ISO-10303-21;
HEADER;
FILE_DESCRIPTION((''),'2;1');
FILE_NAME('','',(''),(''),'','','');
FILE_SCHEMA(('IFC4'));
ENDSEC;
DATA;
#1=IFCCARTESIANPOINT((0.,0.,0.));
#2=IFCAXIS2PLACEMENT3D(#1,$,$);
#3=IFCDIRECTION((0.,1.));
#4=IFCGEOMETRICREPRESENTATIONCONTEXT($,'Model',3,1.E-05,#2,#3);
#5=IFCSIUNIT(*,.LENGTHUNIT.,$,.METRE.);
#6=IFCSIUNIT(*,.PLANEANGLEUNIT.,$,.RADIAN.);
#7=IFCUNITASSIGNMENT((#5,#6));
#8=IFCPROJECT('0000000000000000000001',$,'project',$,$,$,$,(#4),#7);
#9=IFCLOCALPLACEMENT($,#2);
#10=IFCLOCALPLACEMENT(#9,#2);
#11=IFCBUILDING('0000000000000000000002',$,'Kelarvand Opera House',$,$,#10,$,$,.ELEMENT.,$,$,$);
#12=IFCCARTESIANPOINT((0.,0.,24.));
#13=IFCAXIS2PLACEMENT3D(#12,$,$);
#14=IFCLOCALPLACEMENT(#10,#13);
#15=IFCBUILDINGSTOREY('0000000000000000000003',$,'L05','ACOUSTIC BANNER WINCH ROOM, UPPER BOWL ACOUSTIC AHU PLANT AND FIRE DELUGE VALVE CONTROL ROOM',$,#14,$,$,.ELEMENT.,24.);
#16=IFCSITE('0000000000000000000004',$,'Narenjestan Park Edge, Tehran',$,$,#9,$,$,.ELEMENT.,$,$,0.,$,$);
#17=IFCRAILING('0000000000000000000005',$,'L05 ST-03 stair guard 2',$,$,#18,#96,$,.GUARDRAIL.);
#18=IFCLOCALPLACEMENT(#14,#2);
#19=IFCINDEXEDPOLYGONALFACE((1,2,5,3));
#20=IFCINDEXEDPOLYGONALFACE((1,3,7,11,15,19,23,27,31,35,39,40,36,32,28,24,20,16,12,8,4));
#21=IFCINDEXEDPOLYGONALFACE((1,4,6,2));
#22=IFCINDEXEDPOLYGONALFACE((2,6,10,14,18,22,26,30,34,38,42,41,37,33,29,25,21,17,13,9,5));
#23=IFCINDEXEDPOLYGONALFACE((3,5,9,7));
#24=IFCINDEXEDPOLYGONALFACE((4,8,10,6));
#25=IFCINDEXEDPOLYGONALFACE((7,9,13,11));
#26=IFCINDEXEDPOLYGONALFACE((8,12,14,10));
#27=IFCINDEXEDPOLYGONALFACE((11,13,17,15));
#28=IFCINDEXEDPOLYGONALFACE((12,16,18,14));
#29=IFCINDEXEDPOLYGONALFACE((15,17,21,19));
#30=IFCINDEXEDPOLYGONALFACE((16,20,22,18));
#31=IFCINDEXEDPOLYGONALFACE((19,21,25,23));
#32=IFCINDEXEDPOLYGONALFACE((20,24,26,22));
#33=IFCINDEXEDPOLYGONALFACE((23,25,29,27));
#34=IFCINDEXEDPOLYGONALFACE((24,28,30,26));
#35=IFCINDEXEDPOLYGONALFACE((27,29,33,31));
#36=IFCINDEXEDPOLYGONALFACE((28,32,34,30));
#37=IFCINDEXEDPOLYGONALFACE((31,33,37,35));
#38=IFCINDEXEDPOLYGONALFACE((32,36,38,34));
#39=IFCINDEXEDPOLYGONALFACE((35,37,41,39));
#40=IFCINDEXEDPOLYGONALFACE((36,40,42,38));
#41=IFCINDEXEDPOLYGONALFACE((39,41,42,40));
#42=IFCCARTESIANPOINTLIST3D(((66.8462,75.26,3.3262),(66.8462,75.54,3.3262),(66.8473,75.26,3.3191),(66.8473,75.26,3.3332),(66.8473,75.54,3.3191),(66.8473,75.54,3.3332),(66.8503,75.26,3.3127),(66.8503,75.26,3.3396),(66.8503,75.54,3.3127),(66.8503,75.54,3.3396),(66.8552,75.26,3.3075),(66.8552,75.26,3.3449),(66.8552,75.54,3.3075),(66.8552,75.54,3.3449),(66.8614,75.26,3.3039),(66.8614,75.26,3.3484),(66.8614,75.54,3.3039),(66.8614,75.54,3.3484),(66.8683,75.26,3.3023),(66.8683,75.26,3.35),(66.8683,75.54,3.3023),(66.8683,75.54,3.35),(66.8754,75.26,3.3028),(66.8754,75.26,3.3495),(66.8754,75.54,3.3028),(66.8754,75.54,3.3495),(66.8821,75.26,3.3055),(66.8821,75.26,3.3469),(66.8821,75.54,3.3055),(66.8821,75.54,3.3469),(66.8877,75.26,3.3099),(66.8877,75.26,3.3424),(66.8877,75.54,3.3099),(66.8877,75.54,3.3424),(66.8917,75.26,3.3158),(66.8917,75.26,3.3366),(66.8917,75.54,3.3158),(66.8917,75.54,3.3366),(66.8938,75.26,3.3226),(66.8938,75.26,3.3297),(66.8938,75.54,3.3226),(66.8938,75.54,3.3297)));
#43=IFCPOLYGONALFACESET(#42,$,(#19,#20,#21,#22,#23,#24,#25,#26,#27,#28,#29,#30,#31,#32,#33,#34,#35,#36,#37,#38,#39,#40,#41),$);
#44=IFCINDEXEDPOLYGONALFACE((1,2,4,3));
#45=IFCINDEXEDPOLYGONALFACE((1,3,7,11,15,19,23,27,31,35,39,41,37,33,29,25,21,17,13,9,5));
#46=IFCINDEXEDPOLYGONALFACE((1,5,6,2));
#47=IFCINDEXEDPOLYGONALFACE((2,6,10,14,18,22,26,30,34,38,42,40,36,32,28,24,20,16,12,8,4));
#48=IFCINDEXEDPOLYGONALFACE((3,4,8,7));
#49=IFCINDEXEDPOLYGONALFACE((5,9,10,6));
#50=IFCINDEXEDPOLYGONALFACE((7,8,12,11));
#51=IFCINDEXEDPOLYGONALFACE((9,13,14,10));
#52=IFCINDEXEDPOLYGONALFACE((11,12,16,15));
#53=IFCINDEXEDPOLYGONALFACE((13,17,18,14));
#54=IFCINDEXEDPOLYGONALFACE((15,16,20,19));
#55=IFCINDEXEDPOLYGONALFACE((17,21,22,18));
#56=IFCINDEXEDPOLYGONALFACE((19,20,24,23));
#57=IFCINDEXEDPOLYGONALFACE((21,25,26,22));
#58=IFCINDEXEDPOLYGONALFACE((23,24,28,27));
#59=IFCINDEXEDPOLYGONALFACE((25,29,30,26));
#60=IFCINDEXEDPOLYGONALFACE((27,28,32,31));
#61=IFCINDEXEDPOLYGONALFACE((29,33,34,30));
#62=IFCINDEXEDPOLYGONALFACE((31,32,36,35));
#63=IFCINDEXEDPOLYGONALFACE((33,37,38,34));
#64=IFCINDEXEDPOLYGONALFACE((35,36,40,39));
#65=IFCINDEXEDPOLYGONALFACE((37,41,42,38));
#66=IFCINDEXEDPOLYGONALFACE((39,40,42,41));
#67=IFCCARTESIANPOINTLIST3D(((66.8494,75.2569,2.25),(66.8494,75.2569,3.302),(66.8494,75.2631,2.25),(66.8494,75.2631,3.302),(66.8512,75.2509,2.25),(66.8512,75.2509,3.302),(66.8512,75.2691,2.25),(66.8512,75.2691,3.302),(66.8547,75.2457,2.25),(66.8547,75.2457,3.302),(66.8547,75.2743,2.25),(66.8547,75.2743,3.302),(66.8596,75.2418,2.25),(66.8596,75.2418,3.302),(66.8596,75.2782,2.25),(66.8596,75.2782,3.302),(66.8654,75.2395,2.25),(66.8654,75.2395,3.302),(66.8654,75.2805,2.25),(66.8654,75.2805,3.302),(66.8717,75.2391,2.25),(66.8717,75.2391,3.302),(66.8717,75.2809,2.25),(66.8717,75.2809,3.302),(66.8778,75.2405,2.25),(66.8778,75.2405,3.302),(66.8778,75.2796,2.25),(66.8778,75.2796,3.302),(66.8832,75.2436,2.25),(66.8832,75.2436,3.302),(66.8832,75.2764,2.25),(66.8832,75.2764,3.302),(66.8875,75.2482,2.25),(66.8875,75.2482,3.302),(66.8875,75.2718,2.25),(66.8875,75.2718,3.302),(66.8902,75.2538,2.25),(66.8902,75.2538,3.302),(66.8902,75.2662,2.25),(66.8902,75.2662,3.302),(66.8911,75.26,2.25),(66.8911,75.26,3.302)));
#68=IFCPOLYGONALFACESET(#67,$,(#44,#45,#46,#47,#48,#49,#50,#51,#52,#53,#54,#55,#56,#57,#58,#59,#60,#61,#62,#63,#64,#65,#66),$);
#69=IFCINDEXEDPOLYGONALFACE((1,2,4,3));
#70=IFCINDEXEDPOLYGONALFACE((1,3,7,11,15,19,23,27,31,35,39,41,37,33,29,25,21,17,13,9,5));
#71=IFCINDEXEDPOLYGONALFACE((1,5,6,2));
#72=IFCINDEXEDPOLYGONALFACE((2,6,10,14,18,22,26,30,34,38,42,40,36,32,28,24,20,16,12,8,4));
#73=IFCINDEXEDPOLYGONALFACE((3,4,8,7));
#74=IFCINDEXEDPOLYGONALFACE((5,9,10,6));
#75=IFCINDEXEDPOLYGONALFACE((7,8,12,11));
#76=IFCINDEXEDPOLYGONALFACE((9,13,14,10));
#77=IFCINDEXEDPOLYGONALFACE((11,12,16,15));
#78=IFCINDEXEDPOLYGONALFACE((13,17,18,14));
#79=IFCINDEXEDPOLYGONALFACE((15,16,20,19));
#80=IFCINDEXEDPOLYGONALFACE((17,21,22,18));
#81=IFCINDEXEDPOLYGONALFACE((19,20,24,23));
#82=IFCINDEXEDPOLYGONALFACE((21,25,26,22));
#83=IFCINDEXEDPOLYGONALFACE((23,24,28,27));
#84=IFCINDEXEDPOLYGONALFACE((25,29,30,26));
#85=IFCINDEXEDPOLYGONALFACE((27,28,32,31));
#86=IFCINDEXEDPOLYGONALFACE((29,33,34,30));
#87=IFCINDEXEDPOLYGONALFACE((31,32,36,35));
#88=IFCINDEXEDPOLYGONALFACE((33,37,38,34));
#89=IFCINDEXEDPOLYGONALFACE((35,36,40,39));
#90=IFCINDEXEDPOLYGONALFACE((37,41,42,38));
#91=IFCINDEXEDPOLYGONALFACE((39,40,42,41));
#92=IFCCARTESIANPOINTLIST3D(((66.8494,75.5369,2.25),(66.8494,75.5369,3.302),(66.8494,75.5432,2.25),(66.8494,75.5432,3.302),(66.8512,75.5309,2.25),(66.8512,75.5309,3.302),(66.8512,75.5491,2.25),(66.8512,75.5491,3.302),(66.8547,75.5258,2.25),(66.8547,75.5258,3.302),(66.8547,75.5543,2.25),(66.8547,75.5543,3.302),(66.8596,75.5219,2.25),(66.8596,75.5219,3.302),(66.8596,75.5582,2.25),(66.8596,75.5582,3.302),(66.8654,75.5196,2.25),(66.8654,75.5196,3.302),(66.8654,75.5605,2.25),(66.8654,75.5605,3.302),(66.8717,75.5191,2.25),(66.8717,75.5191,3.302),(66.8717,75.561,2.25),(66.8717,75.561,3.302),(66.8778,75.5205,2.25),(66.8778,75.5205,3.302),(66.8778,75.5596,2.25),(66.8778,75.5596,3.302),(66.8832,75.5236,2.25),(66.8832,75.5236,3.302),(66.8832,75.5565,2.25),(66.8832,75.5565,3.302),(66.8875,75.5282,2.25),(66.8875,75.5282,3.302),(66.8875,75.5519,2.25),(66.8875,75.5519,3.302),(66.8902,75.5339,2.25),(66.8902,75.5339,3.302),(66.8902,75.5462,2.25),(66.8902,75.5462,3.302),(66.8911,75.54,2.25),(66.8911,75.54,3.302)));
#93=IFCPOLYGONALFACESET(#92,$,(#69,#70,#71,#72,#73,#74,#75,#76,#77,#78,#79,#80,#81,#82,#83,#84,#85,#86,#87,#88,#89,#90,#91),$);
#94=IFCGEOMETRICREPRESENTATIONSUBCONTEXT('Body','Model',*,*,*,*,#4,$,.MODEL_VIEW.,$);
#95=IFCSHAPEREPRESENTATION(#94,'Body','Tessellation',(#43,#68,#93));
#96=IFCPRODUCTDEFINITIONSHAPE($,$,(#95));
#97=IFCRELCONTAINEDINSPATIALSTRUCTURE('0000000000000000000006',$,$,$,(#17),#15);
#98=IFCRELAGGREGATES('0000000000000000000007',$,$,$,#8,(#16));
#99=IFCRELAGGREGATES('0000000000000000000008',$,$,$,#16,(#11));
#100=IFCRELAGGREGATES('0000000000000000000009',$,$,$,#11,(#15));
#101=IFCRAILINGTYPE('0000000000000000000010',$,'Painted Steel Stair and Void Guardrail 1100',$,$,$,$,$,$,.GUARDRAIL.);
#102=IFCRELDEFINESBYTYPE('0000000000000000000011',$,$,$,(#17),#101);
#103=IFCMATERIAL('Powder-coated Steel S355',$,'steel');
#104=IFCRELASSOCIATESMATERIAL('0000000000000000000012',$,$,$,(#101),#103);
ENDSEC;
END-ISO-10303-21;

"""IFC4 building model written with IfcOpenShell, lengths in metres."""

from ifc_helpers import new_model, si_unit, direction, frame, origin, origin_2d, place, context, subcontext, project, spatial, circle, extrude, material, type_object, element, save


model = new_model("IFC4")

# Units and contexts
model_context = context("Model", 3, precision=1e-05, world=origin(), true_north=direction((0.0, 1.0)))
body_context = subcontext(model_context, "Body", "Model", "MODEL_VIEW")
ifc_project = project(units=[si_unit("LENGTHUNIT", "METRE"), si_unit("PLANEANGLEUNIT", "RADIAN")], contexts=[model_context])

# Site, building, storey
site_placement = place(None, origin())
site = spatial("IfcSite", under=ifc_project, at=site_placement, Name="Narenjestan Park Edge, Tehran", CompositionType="ELEMENT", RefElevation=0.0)
building_placement = place(site_placement, origin())
building = spatial("IfcBuilding", under=site, at=building_placement, Name="Kelarvand Opera House", CompositionType="ELEMENT")
storey_placement = place(building_placement, frame((0.0, 0.0, 24.0)))
storey = spatial("IfcBuildingStorey", under=building, at=storey_placement, Name="L05", Description="ACOUSTIC BANNER WINCH ROOM, UPPER BOWL ACOUSTIC AHU PLANT AND FIRE DELUGE VALVE CONTROL ROOM", CompositionType="ELEMENT", Elevation=24.0)

# Railing
ifc_material_1 = material(Name="Powder-coated Steel S355", Category="steel")
railing_type_1 = type_object("IfcRailingType", Name="Painted Steel Stair and Void Guardrail 1100", PredefinedType="GUARDRAIL", material=ifc_material_1)
railing_1_placement = place(storey_placement, frame((66.8701, 75.26, 2.25)))
element("IfcRailing", 1, at=railing_1_placement, inside=storey, type_object=railing_type_1, Name="L05 ST-03 stair guard 2", PredefinedType="GUARDRAIL", context=body_context, shape_type="SweptSolid", body=[
    extrude(circle(Radius=0.0239, at=origin_2d()), frame((0.0, 0.0, 1.0762), z_axis=(0.0, 1.0, 0.0), x_axis=(-1.0, 0.0, 0.0)), (0.0, 0.0, 1.0), 0.28),
    extrude(circle(Radius=0.021, at=origin_2d()), origin(), (0.0, 0.0, 1.0), 1.052),
    extrude(circle(Radius=0.021, at=origin_2d()), frame((0.0, 0.28, 0.0)), (0.0, 0.0, 1.0), 1.052),
])

save(model, "model.ifc")
